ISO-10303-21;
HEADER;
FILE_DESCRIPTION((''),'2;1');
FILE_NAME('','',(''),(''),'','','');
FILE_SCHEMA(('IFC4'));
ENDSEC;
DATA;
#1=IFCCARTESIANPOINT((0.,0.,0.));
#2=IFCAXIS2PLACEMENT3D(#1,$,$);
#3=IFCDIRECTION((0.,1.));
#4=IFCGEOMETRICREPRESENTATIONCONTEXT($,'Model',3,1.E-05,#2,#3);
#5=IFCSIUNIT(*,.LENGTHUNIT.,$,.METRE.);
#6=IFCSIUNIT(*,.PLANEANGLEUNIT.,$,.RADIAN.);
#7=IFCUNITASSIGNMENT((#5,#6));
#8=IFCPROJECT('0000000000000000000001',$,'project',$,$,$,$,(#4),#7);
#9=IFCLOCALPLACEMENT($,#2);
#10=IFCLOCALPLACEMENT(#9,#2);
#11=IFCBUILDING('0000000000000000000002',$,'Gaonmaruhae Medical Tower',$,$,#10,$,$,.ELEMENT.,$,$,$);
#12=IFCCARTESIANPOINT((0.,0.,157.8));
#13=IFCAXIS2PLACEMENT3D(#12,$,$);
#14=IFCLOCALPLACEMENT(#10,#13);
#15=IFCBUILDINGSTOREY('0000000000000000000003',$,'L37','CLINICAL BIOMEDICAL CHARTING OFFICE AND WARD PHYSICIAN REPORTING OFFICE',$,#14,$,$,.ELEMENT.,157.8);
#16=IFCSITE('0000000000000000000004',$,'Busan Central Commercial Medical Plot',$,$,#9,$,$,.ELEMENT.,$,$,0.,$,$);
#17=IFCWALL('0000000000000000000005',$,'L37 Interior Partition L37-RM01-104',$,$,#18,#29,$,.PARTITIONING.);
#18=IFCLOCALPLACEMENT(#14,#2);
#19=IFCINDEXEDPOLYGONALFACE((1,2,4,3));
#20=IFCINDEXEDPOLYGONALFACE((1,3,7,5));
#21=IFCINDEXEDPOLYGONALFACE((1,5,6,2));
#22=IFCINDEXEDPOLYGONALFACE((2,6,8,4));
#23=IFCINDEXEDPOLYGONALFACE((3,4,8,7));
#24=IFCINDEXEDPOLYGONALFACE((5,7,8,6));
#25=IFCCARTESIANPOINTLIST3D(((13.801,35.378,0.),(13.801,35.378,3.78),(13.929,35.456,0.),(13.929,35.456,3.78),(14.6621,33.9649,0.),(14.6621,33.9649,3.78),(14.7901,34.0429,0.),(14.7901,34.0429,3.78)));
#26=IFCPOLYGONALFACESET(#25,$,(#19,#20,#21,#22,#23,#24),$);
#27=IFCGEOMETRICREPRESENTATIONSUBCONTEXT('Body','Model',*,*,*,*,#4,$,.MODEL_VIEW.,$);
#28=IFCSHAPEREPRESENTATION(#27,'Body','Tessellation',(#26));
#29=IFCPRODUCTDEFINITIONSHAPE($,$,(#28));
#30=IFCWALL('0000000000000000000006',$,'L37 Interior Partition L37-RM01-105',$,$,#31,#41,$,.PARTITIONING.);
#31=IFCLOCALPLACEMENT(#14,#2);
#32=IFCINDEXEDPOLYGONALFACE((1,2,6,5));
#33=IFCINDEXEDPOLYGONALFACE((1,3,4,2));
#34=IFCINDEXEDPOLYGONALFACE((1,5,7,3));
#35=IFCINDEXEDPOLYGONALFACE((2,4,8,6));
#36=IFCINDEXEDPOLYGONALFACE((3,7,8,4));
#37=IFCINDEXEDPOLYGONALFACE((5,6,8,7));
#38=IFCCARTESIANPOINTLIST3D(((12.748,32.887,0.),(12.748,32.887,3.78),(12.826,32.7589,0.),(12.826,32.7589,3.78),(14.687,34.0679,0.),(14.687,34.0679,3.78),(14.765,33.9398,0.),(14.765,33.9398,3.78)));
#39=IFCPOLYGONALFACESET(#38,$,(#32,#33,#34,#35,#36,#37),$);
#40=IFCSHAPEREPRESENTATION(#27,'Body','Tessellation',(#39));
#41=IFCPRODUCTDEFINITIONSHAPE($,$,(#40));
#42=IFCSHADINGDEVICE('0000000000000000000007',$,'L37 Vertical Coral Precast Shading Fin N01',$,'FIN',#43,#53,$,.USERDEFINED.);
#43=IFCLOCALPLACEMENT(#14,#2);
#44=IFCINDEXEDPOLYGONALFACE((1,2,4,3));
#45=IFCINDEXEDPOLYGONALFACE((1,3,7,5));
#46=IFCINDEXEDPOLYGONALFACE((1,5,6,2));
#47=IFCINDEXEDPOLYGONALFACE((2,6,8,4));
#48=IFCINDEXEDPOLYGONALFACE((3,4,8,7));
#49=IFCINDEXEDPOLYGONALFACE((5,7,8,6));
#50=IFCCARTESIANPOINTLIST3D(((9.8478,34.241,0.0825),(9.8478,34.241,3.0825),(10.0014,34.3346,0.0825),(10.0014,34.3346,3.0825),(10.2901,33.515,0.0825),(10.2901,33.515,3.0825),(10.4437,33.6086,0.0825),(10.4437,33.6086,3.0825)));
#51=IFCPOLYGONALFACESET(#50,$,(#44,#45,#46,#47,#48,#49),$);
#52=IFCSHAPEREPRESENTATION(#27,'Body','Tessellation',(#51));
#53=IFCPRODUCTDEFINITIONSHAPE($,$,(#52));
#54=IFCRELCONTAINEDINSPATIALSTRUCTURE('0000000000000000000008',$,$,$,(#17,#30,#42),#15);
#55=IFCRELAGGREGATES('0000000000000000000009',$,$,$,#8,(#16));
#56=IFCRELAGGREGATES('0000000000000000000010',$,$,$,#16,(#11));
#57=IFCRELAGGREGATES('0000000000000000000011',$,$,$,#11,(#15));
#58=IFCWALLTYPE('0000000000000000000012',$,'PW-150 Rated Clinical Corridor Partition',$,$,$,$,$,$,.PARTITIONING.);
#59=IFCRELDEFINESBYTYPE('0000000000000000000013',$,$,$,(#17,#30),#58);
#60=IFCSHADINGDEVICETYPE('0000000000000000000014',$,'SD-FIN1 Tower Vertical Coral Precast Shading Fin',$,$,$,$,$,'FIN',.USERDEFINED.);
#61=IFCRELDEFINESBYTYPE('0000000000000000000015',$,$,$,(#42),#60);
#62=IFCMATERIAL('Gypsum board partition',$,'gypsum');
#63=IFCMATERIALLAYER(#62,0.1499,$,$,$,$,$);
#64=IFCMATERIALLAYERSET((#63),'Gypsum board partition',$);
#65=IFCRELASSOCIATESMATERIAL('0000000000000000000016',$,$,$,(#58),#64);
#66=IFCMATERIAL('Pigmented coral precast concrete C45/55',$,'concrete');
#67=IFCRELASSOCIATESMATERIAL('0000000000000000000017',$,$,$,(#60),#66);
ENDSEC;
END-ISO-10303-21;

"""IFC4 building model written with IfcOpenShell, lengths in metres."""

from ifc_helpers import new_model, si_unit, direction, frame, frame_2d, origin, origin_2d, place, context, subcontext, project, spatial, rectangle, extrude, material, layer, layer_set, type_object, element, save


model = new_model("IFC4")

# Units and contexts
model_context = context("Model", 3, precision=1e-05, world=origin(), true_north=direction((0.0, 1.0)))
body_context = subcontext(model_context, "Body", "Model", "MODEL_VIEW")
ifc_project = project(units=[si_unit("LENGTHUNIT", "METRE"), si_unit("PLANEANGLEUNIT", "RADIAN")], contexts=[model_context])

# Site, building, storey
site_placement = place(None, origin())
site = spatial("IfcSite", under=ifc_project, at=site_placement, Name="Busan Central Commercial Medical Plot", CompositionType="ELEMENT", RefElevation=0.0)
building_placement = place(site_placement, origin())
building = spatial("IfcBuilding", under=site, at=building_placement, Name="Gaonmaruhae Medical Tower", CompositionType="ELEMENT")
storey_placement = place(building_placement, frame((0.0, 0.0, 157.8)))
storey = spatial("IfcBuildingStorey", under=building, at=storey_placement, Name="L37", Description="CLINICAL BIOMEDICAL CHARTING OFFICE AND WARD PHYSICIAN REPORTING OFFICE", CompositionType="ELEMENT", Elevation=157.8)

# Shared definitions
ifc_material_1 = material(Name="Gypsum board partition", Category="gypsum")
ifc_layer_1 = layer(ifc_material_1, 0.1499)
ifc_layer_set_1 = layer_set([ifc_layer_1], Name="Gypsum board partition")
wall_type_1 = type_object("IfcWallType", Name="PW-150 Rated Clinical Corridor Partition", PredefinedType="PARTITIONING", material=ifc_layer_set_1)

# Walls
wall_1_placement = place(storey_placement, frame((13.865, 35.417, 0.0), z_axis=(0.0, 0.0, 1.0), x_axis=(0.520363, -0.853945, 0.0)))
element("IfcWall", 1, at=wall_1_placement, inside=storey, type_object=wall_type_1, Name="L37 Interior Partition L37-RM01-104", PredefinedType="PARTITIONING", context=body_context, shape_type="SweptSolid", body=[
    extrude(rectangle(XDim=1.6548, YDim=0.1499, at=frame_2d((0.8274, 0.0))), origin(), (0.0, 0.0, 1.0), 3.78),
])
wall_2_placement = place(storey_placement, frame((14.7261, 34.0039, 0.0), z_axis=(0.0, 0.0, 1.0), x_axis=(-0.854068, -0.520162, 0.0)))
element("IfcWall", 2, at=wall_2_placement, inside=storey, type_object=wall_type_1, Name="L37 Interior Partition L37-RM01-105", PredefinedType="PARTITIONING", context=body_context, shape_type="SweptSolid", body=[
    extrude(rectangle(XDim=2.2703, YDim=0.1499, at=frame_2d((1.1353, 0.0))), origin(), (0.0, 0.0, 1.0), 3.78),
])

# Shading device
ifc_material_2 = material(Name="Pigmented coral precast concrete C45/55", Category="concrete")
shading_device_type = type_object("IfcShadingDeviceType", Name="SD-FIN1 Tower Vertical Coral Precast Shading Fin", ElementType="FIN", PredefinedType="USERDEFINED", material=ifc_material_2)
shading_device_placement = place(storey_placement, frame((10.1458, 33.9248, 0.0825), z_axis=(0.0, 0.0, 1.0), x_axis=(0.854005, 0.520265, 0.0)))
element("IfcShadingDevice", 3, at=shading_device_placement, inside=storey, type_object=shading_device_type, Name="L37 Vertical Coral Precast Shading Fin N01", ObjectType="FIN", PredefinedType="USERDEFINED", context=body_context, shape_type="SweptSolid", body=[
    extrude(rectangle(XDim=0.1799, YDim=0.8501, at=origin_2d()), origin(), (0.0, 0.0, 1.0), 3.0),
])

save(model, "model.ifc")
